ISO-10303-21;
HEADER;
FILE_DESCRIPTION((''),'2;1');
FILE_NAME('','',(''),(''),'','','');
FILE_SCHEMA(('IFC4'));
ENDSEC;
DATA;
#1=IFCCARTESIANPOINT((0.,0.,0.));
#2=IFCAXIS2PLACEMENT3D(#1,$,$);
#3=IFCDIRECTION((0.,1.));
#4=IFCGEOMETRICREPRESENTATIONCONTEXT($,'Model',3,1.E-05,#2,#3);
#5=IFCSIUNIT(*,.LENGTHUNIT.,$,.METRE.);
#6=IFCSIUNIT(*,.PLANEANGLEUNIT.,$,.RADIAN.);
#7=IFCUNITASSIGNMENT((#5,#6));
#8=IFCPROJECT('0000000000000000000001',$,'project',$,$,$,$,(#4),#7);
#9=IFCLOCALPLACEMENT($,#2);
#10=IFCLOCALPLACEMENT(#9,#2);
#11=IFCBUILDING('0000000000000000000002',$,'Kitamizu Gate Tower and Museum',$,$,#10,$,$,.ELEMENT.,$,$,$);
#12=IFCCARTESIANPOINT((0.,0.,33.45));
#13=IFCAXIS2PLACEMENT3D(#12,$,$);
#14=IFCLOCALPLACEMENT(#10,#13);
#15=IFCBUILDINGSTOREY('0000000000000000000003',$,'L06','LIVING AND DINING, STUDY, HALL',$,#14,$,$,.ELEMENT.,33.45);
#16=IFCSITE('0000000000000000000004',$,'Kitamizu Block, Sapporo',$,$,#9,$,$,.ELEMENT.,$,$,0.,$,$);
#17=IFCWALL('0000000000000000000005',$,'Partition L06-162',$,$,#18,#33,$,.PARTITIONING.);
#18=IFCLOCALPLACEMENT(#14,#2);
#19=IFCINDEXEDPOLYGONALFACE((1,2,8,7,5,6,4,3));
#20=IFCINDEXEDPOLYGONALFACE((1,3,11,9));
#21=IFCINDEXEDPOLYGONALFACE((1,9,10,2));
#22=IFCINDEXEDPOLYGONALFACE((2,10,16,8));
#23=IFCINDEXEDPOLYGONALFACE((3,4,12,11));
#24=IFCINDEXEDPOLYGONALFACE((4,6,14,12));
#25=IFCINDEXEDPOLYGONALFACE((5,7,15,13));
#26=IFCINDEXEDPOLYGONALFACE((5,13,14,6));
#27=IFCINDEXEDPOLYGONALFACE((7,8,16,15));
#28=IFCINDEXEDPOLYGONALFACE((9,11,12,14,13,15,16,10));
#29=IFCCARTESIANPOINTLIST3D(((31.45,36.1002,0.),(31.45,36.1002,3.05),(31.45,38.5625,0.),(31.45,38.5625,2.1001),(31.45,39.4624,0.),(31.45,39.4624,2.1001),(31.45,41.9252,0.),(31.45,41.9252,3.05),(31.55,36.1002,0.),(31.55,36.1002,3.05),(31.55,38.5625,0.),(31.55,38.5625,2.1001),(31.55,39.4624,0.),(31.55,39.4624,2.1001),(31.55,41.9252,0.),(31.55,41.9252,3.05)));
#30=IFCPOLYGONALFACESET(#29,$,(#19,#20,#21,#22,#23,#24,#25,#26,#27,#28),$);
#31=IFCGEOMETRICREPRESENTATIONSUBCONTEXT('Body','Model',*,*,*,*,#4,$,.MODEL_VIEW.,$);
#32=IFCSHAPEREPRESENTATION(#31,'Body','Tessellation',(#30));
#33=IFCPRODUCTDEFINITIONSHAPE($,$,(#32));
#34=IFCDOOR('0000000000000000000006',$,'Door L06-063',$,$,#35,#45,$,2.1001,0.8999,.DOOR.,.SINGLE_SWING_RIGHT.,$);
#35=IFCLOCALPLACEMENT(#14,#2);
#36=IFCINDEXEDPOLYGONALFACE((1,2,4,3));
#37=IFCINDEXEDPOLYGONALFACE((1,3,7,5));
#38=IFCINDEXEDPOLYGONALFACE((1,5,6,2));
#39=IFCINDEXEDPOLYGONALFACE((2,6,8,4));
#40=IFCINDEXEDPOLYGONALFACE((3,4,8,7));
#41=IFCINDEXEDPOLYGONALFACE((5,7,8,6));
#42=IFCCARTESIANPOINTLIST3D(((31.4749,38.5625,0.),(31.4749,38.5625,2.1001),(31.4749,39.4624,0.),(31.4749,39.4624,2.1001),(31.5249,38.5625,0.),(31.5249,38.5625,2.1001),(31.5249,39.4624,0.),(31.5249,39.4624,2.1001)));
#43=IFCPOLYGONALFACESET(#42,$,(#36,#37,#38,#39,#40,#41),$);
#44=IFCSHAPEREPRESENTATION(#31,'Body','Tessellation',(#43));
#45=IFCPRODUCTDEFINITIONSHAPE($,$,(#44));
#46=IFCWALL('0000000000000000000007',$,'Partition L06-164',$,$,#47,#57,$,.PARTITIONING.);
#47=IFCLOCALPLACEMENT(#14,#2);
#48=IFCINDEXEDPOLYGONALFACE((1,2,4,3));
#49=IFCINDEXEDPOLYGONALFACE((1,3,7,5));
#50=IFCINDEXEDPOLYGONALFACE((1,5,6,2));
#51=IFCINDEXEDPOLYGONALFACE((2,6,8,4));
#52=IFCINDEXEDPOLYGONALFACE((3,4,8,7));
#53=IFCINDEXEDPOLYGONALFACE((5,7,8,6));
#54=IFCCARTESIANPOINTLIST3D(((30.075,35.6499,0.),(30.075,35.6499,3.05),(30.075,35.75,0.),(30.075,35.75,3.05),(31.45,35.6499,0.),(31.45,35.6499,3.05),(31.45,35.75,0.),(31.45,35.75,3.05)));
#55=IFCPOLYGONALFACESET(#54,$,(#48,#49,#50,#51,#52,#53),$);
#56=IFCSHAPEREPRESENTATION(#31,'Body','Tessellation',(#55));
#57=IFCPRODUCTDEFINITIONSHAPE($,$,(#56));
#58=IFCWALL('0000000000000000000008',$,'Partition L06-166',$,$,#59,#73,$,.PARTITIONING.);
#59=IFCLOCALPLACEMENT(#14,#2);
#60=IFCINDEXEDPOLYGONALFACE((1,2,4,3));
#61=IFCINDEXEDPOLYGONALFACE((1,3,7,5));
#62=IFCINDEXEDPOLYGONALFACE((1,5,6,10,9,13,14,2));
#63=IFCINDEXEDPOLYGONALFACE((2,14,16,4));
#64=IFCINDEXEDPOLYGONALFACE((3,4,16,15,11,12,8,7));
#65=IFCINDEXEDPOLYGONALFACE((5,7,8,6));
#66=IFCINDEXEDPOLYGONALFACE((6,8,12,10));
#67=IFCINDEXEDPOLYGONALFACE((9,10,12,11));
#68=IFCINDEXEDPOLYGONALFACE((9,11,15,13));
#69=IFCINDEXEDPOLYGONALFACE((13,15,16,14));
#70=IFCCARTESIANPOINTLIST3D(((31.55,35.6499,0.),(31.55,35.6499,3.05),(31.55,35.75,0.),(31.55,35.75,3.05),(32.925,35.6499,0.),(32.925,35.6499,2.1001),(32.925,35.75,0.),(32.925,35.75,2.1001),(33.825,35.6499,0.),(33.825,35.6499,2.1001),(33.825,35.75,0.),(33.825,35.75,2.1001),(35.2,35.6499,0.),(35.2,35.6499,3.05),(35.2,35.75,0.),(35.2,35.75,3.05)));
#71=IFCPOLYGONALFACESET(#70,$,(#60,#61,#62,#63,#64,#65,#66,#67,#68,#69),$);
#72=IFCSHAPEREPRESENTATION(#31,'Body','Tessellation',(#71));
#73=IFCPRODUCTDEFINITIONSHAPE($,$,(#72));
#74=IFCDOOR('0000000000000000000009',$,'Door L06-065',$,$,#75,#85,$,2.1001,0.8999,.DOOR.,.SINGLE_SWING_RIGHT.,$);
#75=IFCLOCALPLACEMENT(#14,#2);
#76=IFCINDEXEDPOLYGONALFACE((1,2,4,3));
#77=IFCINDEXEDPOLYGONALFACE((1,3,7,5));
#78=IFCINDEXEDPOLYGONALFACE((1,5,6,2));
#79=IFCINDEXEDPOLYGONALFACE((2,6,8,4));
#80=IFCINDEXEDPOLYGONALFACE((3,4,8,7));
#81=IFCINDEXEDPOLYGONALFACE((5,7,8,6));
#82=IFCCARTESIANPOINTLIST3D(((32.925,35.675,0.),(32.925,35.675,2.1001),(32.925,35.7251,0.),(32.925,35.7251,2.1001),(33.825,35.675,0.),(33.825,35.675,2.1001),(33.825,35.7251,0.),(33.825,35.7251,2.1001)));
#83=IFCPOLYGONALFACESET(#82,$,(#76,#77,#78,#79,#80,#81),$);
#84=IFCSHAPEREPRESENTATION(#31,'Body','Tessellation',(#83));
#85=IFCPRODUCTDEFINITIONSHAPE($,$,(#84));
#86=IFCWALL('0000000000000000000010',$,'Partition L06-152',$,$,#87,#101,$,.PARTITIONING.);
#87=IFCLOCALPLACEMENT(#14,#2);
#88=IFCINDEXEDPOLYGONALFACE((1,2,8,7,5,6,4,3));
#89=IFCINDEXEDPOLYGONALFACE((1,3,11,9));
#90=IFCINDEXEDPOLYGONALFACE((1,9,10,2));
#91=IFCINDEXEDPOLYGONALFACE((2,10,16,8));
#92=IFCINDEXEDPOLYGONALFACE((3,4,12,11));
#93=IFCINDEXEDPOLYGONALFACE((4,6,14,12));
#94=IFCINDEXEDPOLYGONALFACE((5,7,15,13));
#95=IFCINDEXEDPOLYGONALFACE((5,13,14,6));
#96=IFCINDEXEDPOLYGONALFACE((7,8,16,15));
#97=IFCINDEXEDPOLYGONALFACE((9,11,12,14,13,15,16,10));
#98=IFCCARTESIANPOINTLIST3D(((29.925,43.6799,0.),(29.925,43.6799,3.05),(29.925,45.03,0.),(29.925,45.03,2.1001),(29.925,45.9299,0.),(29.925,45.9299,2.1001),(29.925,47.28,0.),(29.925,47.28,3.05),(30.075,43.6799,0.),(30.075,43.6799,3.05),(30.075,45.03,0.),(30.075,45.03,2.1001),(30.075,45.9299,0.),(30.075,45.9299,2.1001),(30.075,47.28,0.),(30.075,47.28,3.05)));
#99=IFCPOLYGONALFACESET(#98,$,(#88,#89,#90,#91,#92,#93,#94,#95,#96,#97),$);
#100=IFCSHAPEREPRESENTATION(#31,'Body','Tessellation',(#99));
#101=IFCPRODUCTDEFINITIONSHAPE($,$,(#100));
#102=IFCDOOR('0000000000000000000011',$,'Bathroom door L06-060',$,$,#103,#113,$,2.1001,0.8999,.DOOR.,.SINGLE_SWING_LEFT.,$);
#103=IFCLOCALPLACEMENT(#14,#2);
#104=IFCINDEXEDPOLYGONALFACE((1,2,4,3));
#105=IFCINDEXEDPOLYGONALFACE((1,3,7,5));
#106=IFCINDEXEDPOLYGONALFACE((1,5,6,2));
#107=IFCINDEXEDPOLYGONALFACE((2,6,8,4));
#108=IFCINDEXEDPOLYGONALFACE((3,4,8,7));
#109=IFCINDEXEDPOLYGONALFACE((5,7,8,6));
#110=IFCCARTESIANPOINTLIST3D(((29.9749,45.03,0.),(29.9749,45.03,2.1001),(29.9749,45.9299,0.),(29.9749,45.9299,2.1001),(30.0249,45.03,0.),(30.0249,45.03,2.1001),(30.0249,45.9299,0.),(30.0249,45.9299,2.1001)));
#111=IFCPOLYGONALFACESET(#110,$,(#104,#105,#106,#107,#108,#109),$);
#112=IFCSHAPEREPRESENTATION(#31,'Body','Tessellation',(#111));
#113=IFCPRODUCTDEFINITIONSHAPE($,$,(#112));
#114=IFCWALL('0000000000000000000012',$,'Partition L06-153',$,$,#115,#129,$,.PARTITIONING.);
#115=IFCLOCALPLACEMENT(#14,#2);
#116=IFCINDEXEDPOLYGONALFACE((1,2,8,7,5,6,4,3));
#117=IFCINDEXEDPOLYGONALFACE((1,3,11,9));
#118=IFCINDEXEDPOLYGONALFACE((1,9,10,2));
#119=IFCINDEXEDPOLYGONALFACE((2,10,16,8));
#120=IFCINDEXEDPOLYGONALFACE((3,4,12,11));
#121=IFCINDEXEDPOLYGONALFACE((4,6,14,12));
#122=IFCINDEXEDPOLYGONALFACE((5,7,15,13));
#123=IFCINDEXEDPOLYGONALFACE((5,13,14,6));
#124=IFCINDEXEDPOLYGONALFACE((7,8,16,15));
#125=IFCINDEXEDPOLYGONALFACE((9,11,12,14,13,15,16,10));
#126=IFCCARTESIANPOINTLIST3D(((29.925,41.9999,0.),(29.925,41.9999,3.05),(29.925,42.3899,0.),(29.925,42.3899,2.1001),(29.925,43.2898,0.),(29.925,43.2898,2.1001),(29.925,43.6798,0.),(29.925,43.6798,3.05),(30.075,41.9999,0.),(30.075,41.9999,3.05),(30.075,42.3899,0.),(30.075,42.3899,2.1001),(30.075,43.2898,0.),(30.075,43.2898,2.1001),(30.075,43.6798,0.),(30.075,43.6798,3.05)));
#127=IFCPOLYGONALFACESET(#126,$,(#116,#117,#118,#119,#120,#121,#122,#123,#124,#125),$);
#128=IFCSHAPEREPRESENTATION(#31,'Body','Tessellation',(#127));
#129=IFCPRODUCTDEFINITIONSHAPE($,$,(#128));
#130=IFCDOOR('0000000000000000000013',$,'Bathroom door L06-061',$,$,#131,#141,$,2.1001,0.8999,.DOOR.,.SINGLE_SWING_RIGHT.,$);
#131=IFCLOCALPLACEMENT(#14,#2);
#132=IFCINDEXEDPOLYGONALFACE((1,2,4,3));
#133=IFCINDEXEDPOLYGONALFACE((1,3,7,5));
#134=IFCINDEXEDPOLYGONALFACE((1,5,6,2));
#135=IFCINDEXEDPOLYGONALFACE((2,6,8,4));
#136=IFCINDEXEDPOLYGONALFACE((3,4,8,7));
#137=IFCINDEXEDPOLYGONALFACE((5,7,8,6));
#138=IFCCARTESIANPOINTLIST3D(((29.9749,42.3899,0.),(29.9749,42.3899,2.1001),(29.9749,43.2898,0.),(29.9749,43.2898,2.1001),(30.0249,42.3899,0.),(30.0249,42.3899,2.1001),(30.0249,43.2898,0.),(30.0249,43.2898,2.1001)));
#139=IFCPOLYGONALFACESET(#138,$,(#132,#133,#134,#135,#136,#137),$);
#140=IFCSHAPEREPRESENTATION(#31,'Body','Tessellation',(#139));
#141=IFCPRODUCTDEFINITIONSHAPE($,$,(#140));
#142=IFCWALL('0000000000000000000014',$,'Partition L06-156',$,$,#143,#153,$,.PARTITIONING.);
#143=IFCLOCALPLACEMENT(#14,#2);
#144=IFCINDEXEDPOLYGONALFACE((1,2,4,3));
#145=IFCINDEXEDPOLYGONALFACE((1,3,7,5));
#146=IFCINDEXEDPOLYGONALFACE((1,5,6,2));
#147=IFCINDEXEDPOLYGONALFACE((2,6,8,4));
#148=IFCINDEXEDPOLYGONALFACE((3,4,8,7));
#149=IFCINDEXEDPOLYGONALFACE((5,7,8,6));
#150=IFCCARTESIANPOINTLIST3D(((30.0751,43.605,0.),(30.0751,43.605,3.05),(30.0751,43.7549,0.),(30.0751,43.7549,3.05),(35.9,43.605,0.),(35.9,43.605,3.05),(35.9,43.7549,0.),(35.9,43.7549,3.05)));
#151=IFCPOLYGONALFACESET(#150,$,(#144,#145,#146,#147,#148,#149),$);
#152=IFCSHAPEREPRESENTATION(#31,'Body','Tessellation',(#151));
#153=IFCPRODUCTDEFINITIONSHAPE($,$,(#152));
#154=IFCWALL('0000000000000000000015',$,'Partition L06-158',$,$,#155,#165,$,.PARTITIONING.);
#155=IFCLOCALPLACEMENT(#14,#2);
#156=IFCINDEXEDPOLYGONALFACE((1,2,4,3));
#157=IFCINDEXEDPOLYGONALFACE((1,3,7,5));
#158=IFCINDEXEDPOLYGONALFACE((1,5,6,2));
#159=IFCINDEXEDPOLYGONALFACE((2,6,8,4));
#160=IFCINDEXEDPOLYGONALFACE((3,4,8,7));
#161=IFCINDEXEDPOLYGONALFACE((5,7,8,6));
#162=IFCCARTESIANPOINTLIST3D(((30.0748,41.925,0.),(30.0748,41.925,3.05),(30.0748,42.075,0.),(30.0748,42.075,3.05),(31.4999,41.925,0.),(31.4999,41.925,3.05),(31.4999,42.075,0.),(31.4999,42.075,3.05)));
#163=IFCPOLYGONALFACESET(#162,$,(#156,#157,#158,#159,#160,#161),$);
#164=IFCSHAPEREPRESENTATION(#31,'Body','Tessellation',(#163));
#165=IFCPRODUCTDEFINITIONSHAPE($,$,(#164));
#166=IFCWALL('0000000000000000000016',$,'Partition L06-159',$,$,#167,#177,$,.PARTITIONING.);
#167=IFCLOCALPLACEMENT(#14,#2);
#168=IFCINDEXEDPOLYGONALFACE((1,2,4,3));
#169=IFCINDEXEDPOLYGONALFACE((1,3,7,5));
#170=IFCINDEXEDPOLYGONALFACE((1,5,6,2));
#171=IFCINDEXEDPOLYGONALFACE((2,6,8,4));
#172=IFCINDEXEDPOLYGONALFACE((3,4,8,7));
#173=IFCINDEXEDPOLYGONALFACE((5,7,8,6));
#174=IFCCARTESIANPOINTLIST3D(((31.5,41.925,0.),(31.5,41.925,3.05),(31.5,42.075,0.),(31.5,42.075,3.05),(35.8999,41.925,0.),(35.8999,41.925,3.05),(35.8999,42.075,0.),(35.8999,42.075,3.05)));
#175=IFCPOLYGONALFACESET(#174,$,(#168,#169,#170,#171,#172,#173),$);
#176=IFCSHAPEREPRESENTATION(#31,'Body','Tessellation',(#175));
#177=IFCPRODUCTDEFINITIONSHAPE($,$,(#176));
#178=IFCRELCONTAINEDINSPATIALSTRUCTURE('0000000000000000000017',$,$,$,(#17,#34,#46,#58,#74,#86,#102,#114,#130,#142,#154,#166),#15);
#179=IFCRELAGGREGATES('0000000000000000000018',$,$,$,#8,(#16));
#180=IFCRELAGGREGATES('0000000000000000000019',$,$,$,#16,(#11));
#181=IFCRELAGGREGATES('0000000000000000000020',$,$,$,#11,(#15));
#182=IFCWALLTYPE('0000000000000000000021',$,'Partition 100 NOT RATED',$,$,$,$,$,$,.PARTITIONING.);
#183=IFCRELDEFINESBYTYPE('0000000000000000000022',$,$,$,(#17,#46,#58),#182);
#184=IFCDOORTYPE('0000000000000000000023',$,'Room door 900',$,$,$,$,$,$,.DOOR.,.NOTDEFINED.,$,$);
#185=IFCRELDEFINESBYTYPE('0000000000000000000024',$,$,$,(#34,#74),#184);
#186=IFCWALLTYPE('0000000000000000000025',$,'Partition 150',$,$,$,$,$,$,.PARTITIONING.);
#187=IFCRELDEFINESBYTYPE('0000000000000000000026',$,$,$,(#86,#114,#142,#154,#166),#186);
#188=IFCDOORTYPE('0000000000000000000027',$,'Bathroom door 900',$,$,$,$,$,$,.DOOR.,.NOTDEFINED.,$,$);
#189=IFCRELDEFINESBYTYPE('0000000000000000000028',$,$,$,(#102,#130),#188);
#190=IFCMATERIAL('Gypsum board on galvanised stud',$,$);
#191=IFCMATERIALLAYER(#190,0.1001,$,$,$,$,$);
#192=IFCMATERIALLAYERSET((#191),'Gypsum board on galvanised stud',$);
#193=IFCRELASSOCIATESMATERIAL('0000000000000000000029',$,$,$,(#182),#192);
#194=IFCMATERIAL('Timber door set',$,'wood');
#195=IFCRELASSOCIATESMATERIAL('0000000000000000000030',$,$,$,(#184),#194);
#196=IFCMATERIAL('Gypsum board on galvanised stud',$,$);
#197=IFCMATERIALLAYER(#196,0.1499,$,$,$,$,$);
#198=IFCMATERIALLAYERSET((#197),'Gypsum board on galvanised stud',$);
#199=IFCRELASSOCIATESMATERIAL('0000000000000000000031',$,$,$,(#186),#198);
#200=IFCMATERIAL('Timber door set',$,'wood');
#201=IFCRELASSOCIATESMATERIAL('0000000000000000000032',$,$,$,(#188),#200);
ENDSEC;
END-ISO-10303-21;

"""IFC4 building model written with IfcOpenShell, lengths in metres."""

from ifc_helpers import new_model, si_unit, direction, frame, frame_2d, origin, place, context, subcontext, project, spatial, rectangle, extrude, material, layer, layer_set, type_object, element, fill, save


model = new_model("IFC4")

# Units and contexts
model_context = context("Model", 3, precision=1e-05, world=origin(), true_north=direction((0.0, 1.0)))
body_context = subcontext(model_context, "Body", "Model", "MODEL_VIEW")
ifc_project = project(units=[si_unit("LENGTHUNIT", "METRE"), si_unit("PLANEANGLEUNIT", "RADIAN")], contexts=[model_context])

# Site, building, storey
site_placement = place(None, origin())
site = spatial("IfcSite", under=ifc_project, at=site_placement, Name="Kitamizu Block, Sapporo", CompositionType="ELEMENT", RefElevation=0.0)
building_placement = place(site_placement, origin())
building = spatial("IfcBuilding", under=site, at=building_placement, Name="Kitamizu Gate Tower and Museum", CompositionType="ELEMENT")
storey_placement = place(building_placement, frame((0.0, 0.0, 33.45)))
storey = spatial("IfcBuildingStorey", under=building, at=storey_placement, Name="L06", Description="LIVING AND DINING, STUDY, HALL", CompositionType="ELEMENT", Elevation=33.45)

# Shared definitions
ifc_material_1 = material(Name="Gypsum board on galvanised stud")
ifc_layer_1 = layer(ifc_material_1, 0.1001)
ifc_layer_set_1 = layer_set([ifc_layer_1], Name="Gypsum board on galvanised stud")
wall_type_1 = type_object("IfcWallType", Name="Partition 100 NOT RATED", PredefinedType="PARTITIONING", material=ifc_layer_set_1)
ifc_material_2 = material(Name="Timber door set", Category="wood")
door_type_1 = type_object("IfcDoorType", Name="Room door 900", OperationType="NOTDEFINED", PredefinedType="DOOR", material=ifc_material_2)

# Wall, opening, door
wall_1_placement = place(storey_placement, frame((31.5, 36.1001, 0.0), z_axis=(0.0, 0.0, 1.0), x_axis=(0.0, 1.0, 0.0)))
wall_1 = element("IfcWall", 1, at=wall_1_placement, inside=storey, type_object=wall_type_1, Name="Partition L06-162", PredefinedType="PARTITIONING", context=body_context, shape_type="SweptSolid", body=[
    extrude(rectangle(XDim=5.825, YDim=0.1001, at=frame_2d((2.9126, 0.0))), origin(), (0.0, 0.0, 1.0), 3.05),
])
opening_1_placement = place(wall_1_placement, frame((2.4624, 0.0, 0.0)))
opening_1 = element("IfcOpeningElement", 2, at=opening_1_placement, cuts=wall_1, PredefinedType="OPENING", context=body_context, shape_type="SweptSolid", body=[
    extrude(rectangle(XDim=0.8999, YDim=2.1001, at=frame_2d((0.45, 1.05))), frame((0.0, 0.0601, 0.0), z_axis=(0.0, -1.0, 0.0), x_axis=(1.0, 0.0, 0.0)), (0.0, 0.0, 1.0), 0.1201),
])
door_1_placement = place(opening_1_placement, frame((0.8999, 0.0, 0.0), x_axis=(-1.0, 0.0, 0.0)))
door_1 = element("IfcDoor", 3, at=door_1_placement, inside=storey, type_object=door_type_1, Name="Door L06-063", OperationType="SINGLE_SWING_RIGHT", OverallHeight=2.1001, OverallWidth=0.8999, PredefinedType="DOOR", context=body_context, shape_type="SweptSolid", body=[
    extrude(rectangle(XDim=0.8999, YDim=2.1001, at=frame_2d((0.45, 1.05))), frame((0.0, 0.0249, 0.0), z_axis=(0.0, -1.0, 0.0), x_axis=(1.0, 0.0, 0.0)), (0.0, 0.0, 1.0), 0.05),
])
fill(opening_1, door_1)

# Wall
wall_2_placement = place(storey_placement, frame((30.075, 35.7, 0.0), z_axis=(0.0, 0.0, 1.0), x_axis=(1.0, 0.0, 0.0)))
element("IfcWall", 4, at=wall_2_placement, inside=storey, type_object=wall_type_1, Name="Partition L06-164", PredefinedType="PARTITIONING", context=body_context, shape_type="SweptSolid", body=[
    extrude(rectangle(XDim=1.375, YDim=0.1001, at=frame_2d((0.6875, 0.0))), origin(), (0.0, 0.0, 1.0), 3.05),
])

# Walls, openings, doors
wall_3_placement = place(storey_placement, frame((31.55, 35.7, 0.0), z_axis=(0.0, 0.0, 1.0), x_axis=(1.0, 0.0, 0.0)))
wall_3 = element("IfcWall", 5, at=wall_3_placement, inside=storey, type_object=wall_type_1, Name="Partition L06-166", PredefinedType="PARTITIONING", context=body_context, shape_type="SweptSolid", body=[
    extrude(rectangle(XDim=3.6499, YDim=0.1001, at=frame_2d((1.825, 0.0))), origin(), (0.0, 0.0, 1.0), 3.05),
])
opening_2_placement = place(wall_3_placement, frame((1.375, 0.0, 0.0)))
opening_2 = element("IfcOpeningElement", 6, at=opening_2_placement, cuts=wall_3, PredefinedType="OPENING", context=body_context, shape_type="SweptSolid", body=[
    extrude(rectangle(XDim=0.8999, YDim=2.1001, at=frame_2d((0.45, 1.05))), frame((0.0, 0.0601, 0.0), z_axis=(0.0, -1.0, 0.0), x_axis=(1.0, 0.0, 0.0)), (0.0, 0.0, 1.0), 0.1201),
])
door_2_placement = place(opening_2_placement, frame((0.8999, 0.0, 0.0), x_axis=(-1.0, 0.0, 0.0)))
door_2 = element("IfcDoor", 7, at=door_2_placement, inside=storey, type_object=door_type_1, Name="Door L06-065", OperationType="SINGLE_SWING_RIGHT", OverallHeight=2.1001, OverallWidth=0.8999, PredefinedType="DOOR", context=body_context, shape_type="SweptSolid", body=[
    extrude(rectangle(XDim=0.8999, YDim=2.1001, at=frame_2d((0.45, 1.05))), frame((0.0, 0.0249, 0.0), z_axis=(0.0, -1.0, 0.0), x_axis=(1.0, 0.0, 0.0)), (0.0, 0.0, 1.0), 0.05),
])
fill(opening_2, door_2)
ifc_material_3 = material(Name="Gypsum board on galvanised stud")
ifc_layer_2 = layer(ifc_material_3, 0.1499)
ifc_layer_set_2 = layer_set([ifc_layer_2], Name="Gypsum board on galvanised stud")
wall_type_2 = type_object("IfcWallType", Name="Partition 150", PredefinedType="PARTITIONING", material=ifc_layer_set_2)
wall_4_placement = place(storey_placement, frame((30.0, 43.6799, 0.0), z_axis=(0.0, 0.0, 1.0), x_axis=(0.0, 1.0, 0.0)))
wall_4 = element("IfcWall", 8, at=wall_4_placement, inside=storey, type_object=wall_type_2, Name="Partition L06-152", PredefinedType="PARTITIONING", context=body_context, shape_type="SweptSolid", body=[
    extrude(rectangle(XDim=3.6001, YDim=0.1499, at=frame_2d((1.8, 0.0))), origin(), (0.0, 0.0, 1.0), 3.05),
])
opening_3_placement = place(wall_4_placement, frame((1.3501, 0.0, 0.0)))
opening_3 = element("IfcOpeningElement", 9, at=opening_3_placement, cuts=wall_4, PredefinedType="OPENING", context=body_context, shape_type="SweptSolid", body=[
    extrude(rectangle(XDim=0.8999, YDim=2.1001, at=frame_2d((0.45, 1.05))), frame((0.0, 0.085, 0.0), z_axis=(0.0, -1.0, 0.0), x_axis=(1.0, 0.0, 0.0)), (0.0, 0.0, 1.0), 0.1699),
])
ifc_material_4 = material(Name="Timber door set", Category="wood")
door_type_2 = type_object("IfcDoorType", Name="Bathroom door 900", OperationType="NOTDEFINED", PredefinedType="DOOR", material=ifc_material_4)
door_3_placement = place(opening_3_placement, frame((0.8999, 0.0, 0.0), x_axis=(-1.0, 0.0, 0.0)))
door_3 = element("IfcDoor", 10, at=door_3_placement, inside=storey, type_object=door_type_2, Name="Bathroom door L06-060", OperationType="SINGLE_SWING_LEFT", OverallHeight=2.1001, OverallWidth=0.8999, PredefinedType="DOOR", context=body_context, shape_type="SweptSolid", body=[
    extrude(rectangle(XDim=0.8999, YDim=2.1001, at=frame_2d((0.45, 1.05))), frame((0.0, 0.0249, 0.0), z_axis=(0.0, -1.0, 0.0), x_axis=(1.0, 0.0, 0.0)), (0.0, 0.0, 1.0), 0.05),
])
fill(opening_3, door_3)
wall_5_placement = place(storey_placement, frame((30.0, 42.0, 0.0), z_axis=(0.0, 0.0, 1.0), x_axis=(0.0, 1.0, 0.0)))
wall_5 = element("IfcWall", 11, at=wall_5_placement, inside=storey, type_object=wall_type_2, Name="Partition L06-153", PredefinedType="PARTITIONING", context=body_context, shape_type="SweptSolid", body=[
    extrude(rectangle(XDim=1.6799, YDim=0.1499, at=frame_2d((0.8398, 0.0))), origin(), (0.0, 0.0, 1.0), 3.05),
])
opening_4_placement = place(wall_5_placement, frame((0.3899, 0.0, 0.0)))
opening_4 = element("IfcOpeningElement", 12, at=opening_4_placement, cuts=wall_5, PredefinedType="OPENING", context=body_context, shape_type="SweptSolid", body=[
    extrude(rectangle(XDim=0.8999, YDim=2.1001, at=frame_2d((0.45, 1.05))), frame((0.0, 0.085, 0.0), z_axis=(0.0, -1.0, 0.0), x_axis=(1.0, 0.0, 0.0)), (0.0, 0.0, 1.0), 0.1699),
])
door_4_placement = place(opening_4_placement, frame((0.8999, 0.0, 0.0), x_axis=(-1.0, 0.0, 0.0)))
door_4 = element("IfcDoor", 13, at=door_4_placement, inside=storey, type_object=door_type_2, Name="Bathroom door L06-061", OperationType="SINGLE_SWING_RIGHT", OverallHeight=2.1001, OverallWidth=0.8999, PredefinedType="DOOR", context=body_context, shape_type="SweptSolid", body=[
    extrude(rectangle(XDim=0.8999, YDim=2.1001, at=frame_2d((0.45, 1.05))), frame((0.0, 0.0249, 0.0), z_axis=(0.0, -1.0, 0.0), x_axis=(1.0, 0.0, 0.0)), (0.0, 0.0, 1.0), 0.05),
])
fill(opening_4, door_4)

# Walls
wall_6_placement = place(storey_placement, frame((30.075, 43.6799, 0.0), z_axis=(0.0, 0.0, 1.0), x_axis=(1.0, 0.0, 0.0)))
element("IfcWall", 14, at=wall_6_placement, inside=storey, type_object=wall_type_2, Name="Partition L06-156", PredefinedType="PARTITIONING", context=body_context, shape_type="SweptSolid", body=[
    extrude(rectangle(XDim=5.825, YDim=0.1499, at=frame_2d((2.9126, 0.0))), origin(), (0.0, 0.0, 1.0), 3.05),
])
wall_7_placement = place(storey_placement, frame((30.075, 42.0, 0.0), z_axis=(0.0, 0.0, 1.0), x_axis=(1.0, 0.0, 0.0)))
element("IfcWall", 15, at=wall_7_placement, inside=storey, type_object=wall_type_2, Name="Partition L06-158", PredefinedType="PARTITIONING", context=body_context, shape_type="SweptSolid", body=[
    extrude(rectangle(XDim=1.425, YDim=0.1499, at=frame_2d((0.7124, 0.0))), origin(), (0.0, 0.0, 1.0), 3.05),
])
wall_8_placement = place(storey_placement, frame((31.5, 42.0, 0.0), z_axis=(0.0, 0.0, 1.0), x_axis=(1.0, 0.0, 0.0)))
element("IfcWall", 16, at=wall_8_placement, inside=storey, type_object=wall_type_2, Name="Partition L06-159", PredefinedType="PARTITIONING", context=body_context, shape_type="SweptSolid", body=[
    extrude(rectangle(XDim=4.3999, YDim=0.1499, at=frame_2d((2.2, 0.0))), origin(), (0.0, 0.0, 1.0), 3.05),
])

save(model, "model.ifc")
